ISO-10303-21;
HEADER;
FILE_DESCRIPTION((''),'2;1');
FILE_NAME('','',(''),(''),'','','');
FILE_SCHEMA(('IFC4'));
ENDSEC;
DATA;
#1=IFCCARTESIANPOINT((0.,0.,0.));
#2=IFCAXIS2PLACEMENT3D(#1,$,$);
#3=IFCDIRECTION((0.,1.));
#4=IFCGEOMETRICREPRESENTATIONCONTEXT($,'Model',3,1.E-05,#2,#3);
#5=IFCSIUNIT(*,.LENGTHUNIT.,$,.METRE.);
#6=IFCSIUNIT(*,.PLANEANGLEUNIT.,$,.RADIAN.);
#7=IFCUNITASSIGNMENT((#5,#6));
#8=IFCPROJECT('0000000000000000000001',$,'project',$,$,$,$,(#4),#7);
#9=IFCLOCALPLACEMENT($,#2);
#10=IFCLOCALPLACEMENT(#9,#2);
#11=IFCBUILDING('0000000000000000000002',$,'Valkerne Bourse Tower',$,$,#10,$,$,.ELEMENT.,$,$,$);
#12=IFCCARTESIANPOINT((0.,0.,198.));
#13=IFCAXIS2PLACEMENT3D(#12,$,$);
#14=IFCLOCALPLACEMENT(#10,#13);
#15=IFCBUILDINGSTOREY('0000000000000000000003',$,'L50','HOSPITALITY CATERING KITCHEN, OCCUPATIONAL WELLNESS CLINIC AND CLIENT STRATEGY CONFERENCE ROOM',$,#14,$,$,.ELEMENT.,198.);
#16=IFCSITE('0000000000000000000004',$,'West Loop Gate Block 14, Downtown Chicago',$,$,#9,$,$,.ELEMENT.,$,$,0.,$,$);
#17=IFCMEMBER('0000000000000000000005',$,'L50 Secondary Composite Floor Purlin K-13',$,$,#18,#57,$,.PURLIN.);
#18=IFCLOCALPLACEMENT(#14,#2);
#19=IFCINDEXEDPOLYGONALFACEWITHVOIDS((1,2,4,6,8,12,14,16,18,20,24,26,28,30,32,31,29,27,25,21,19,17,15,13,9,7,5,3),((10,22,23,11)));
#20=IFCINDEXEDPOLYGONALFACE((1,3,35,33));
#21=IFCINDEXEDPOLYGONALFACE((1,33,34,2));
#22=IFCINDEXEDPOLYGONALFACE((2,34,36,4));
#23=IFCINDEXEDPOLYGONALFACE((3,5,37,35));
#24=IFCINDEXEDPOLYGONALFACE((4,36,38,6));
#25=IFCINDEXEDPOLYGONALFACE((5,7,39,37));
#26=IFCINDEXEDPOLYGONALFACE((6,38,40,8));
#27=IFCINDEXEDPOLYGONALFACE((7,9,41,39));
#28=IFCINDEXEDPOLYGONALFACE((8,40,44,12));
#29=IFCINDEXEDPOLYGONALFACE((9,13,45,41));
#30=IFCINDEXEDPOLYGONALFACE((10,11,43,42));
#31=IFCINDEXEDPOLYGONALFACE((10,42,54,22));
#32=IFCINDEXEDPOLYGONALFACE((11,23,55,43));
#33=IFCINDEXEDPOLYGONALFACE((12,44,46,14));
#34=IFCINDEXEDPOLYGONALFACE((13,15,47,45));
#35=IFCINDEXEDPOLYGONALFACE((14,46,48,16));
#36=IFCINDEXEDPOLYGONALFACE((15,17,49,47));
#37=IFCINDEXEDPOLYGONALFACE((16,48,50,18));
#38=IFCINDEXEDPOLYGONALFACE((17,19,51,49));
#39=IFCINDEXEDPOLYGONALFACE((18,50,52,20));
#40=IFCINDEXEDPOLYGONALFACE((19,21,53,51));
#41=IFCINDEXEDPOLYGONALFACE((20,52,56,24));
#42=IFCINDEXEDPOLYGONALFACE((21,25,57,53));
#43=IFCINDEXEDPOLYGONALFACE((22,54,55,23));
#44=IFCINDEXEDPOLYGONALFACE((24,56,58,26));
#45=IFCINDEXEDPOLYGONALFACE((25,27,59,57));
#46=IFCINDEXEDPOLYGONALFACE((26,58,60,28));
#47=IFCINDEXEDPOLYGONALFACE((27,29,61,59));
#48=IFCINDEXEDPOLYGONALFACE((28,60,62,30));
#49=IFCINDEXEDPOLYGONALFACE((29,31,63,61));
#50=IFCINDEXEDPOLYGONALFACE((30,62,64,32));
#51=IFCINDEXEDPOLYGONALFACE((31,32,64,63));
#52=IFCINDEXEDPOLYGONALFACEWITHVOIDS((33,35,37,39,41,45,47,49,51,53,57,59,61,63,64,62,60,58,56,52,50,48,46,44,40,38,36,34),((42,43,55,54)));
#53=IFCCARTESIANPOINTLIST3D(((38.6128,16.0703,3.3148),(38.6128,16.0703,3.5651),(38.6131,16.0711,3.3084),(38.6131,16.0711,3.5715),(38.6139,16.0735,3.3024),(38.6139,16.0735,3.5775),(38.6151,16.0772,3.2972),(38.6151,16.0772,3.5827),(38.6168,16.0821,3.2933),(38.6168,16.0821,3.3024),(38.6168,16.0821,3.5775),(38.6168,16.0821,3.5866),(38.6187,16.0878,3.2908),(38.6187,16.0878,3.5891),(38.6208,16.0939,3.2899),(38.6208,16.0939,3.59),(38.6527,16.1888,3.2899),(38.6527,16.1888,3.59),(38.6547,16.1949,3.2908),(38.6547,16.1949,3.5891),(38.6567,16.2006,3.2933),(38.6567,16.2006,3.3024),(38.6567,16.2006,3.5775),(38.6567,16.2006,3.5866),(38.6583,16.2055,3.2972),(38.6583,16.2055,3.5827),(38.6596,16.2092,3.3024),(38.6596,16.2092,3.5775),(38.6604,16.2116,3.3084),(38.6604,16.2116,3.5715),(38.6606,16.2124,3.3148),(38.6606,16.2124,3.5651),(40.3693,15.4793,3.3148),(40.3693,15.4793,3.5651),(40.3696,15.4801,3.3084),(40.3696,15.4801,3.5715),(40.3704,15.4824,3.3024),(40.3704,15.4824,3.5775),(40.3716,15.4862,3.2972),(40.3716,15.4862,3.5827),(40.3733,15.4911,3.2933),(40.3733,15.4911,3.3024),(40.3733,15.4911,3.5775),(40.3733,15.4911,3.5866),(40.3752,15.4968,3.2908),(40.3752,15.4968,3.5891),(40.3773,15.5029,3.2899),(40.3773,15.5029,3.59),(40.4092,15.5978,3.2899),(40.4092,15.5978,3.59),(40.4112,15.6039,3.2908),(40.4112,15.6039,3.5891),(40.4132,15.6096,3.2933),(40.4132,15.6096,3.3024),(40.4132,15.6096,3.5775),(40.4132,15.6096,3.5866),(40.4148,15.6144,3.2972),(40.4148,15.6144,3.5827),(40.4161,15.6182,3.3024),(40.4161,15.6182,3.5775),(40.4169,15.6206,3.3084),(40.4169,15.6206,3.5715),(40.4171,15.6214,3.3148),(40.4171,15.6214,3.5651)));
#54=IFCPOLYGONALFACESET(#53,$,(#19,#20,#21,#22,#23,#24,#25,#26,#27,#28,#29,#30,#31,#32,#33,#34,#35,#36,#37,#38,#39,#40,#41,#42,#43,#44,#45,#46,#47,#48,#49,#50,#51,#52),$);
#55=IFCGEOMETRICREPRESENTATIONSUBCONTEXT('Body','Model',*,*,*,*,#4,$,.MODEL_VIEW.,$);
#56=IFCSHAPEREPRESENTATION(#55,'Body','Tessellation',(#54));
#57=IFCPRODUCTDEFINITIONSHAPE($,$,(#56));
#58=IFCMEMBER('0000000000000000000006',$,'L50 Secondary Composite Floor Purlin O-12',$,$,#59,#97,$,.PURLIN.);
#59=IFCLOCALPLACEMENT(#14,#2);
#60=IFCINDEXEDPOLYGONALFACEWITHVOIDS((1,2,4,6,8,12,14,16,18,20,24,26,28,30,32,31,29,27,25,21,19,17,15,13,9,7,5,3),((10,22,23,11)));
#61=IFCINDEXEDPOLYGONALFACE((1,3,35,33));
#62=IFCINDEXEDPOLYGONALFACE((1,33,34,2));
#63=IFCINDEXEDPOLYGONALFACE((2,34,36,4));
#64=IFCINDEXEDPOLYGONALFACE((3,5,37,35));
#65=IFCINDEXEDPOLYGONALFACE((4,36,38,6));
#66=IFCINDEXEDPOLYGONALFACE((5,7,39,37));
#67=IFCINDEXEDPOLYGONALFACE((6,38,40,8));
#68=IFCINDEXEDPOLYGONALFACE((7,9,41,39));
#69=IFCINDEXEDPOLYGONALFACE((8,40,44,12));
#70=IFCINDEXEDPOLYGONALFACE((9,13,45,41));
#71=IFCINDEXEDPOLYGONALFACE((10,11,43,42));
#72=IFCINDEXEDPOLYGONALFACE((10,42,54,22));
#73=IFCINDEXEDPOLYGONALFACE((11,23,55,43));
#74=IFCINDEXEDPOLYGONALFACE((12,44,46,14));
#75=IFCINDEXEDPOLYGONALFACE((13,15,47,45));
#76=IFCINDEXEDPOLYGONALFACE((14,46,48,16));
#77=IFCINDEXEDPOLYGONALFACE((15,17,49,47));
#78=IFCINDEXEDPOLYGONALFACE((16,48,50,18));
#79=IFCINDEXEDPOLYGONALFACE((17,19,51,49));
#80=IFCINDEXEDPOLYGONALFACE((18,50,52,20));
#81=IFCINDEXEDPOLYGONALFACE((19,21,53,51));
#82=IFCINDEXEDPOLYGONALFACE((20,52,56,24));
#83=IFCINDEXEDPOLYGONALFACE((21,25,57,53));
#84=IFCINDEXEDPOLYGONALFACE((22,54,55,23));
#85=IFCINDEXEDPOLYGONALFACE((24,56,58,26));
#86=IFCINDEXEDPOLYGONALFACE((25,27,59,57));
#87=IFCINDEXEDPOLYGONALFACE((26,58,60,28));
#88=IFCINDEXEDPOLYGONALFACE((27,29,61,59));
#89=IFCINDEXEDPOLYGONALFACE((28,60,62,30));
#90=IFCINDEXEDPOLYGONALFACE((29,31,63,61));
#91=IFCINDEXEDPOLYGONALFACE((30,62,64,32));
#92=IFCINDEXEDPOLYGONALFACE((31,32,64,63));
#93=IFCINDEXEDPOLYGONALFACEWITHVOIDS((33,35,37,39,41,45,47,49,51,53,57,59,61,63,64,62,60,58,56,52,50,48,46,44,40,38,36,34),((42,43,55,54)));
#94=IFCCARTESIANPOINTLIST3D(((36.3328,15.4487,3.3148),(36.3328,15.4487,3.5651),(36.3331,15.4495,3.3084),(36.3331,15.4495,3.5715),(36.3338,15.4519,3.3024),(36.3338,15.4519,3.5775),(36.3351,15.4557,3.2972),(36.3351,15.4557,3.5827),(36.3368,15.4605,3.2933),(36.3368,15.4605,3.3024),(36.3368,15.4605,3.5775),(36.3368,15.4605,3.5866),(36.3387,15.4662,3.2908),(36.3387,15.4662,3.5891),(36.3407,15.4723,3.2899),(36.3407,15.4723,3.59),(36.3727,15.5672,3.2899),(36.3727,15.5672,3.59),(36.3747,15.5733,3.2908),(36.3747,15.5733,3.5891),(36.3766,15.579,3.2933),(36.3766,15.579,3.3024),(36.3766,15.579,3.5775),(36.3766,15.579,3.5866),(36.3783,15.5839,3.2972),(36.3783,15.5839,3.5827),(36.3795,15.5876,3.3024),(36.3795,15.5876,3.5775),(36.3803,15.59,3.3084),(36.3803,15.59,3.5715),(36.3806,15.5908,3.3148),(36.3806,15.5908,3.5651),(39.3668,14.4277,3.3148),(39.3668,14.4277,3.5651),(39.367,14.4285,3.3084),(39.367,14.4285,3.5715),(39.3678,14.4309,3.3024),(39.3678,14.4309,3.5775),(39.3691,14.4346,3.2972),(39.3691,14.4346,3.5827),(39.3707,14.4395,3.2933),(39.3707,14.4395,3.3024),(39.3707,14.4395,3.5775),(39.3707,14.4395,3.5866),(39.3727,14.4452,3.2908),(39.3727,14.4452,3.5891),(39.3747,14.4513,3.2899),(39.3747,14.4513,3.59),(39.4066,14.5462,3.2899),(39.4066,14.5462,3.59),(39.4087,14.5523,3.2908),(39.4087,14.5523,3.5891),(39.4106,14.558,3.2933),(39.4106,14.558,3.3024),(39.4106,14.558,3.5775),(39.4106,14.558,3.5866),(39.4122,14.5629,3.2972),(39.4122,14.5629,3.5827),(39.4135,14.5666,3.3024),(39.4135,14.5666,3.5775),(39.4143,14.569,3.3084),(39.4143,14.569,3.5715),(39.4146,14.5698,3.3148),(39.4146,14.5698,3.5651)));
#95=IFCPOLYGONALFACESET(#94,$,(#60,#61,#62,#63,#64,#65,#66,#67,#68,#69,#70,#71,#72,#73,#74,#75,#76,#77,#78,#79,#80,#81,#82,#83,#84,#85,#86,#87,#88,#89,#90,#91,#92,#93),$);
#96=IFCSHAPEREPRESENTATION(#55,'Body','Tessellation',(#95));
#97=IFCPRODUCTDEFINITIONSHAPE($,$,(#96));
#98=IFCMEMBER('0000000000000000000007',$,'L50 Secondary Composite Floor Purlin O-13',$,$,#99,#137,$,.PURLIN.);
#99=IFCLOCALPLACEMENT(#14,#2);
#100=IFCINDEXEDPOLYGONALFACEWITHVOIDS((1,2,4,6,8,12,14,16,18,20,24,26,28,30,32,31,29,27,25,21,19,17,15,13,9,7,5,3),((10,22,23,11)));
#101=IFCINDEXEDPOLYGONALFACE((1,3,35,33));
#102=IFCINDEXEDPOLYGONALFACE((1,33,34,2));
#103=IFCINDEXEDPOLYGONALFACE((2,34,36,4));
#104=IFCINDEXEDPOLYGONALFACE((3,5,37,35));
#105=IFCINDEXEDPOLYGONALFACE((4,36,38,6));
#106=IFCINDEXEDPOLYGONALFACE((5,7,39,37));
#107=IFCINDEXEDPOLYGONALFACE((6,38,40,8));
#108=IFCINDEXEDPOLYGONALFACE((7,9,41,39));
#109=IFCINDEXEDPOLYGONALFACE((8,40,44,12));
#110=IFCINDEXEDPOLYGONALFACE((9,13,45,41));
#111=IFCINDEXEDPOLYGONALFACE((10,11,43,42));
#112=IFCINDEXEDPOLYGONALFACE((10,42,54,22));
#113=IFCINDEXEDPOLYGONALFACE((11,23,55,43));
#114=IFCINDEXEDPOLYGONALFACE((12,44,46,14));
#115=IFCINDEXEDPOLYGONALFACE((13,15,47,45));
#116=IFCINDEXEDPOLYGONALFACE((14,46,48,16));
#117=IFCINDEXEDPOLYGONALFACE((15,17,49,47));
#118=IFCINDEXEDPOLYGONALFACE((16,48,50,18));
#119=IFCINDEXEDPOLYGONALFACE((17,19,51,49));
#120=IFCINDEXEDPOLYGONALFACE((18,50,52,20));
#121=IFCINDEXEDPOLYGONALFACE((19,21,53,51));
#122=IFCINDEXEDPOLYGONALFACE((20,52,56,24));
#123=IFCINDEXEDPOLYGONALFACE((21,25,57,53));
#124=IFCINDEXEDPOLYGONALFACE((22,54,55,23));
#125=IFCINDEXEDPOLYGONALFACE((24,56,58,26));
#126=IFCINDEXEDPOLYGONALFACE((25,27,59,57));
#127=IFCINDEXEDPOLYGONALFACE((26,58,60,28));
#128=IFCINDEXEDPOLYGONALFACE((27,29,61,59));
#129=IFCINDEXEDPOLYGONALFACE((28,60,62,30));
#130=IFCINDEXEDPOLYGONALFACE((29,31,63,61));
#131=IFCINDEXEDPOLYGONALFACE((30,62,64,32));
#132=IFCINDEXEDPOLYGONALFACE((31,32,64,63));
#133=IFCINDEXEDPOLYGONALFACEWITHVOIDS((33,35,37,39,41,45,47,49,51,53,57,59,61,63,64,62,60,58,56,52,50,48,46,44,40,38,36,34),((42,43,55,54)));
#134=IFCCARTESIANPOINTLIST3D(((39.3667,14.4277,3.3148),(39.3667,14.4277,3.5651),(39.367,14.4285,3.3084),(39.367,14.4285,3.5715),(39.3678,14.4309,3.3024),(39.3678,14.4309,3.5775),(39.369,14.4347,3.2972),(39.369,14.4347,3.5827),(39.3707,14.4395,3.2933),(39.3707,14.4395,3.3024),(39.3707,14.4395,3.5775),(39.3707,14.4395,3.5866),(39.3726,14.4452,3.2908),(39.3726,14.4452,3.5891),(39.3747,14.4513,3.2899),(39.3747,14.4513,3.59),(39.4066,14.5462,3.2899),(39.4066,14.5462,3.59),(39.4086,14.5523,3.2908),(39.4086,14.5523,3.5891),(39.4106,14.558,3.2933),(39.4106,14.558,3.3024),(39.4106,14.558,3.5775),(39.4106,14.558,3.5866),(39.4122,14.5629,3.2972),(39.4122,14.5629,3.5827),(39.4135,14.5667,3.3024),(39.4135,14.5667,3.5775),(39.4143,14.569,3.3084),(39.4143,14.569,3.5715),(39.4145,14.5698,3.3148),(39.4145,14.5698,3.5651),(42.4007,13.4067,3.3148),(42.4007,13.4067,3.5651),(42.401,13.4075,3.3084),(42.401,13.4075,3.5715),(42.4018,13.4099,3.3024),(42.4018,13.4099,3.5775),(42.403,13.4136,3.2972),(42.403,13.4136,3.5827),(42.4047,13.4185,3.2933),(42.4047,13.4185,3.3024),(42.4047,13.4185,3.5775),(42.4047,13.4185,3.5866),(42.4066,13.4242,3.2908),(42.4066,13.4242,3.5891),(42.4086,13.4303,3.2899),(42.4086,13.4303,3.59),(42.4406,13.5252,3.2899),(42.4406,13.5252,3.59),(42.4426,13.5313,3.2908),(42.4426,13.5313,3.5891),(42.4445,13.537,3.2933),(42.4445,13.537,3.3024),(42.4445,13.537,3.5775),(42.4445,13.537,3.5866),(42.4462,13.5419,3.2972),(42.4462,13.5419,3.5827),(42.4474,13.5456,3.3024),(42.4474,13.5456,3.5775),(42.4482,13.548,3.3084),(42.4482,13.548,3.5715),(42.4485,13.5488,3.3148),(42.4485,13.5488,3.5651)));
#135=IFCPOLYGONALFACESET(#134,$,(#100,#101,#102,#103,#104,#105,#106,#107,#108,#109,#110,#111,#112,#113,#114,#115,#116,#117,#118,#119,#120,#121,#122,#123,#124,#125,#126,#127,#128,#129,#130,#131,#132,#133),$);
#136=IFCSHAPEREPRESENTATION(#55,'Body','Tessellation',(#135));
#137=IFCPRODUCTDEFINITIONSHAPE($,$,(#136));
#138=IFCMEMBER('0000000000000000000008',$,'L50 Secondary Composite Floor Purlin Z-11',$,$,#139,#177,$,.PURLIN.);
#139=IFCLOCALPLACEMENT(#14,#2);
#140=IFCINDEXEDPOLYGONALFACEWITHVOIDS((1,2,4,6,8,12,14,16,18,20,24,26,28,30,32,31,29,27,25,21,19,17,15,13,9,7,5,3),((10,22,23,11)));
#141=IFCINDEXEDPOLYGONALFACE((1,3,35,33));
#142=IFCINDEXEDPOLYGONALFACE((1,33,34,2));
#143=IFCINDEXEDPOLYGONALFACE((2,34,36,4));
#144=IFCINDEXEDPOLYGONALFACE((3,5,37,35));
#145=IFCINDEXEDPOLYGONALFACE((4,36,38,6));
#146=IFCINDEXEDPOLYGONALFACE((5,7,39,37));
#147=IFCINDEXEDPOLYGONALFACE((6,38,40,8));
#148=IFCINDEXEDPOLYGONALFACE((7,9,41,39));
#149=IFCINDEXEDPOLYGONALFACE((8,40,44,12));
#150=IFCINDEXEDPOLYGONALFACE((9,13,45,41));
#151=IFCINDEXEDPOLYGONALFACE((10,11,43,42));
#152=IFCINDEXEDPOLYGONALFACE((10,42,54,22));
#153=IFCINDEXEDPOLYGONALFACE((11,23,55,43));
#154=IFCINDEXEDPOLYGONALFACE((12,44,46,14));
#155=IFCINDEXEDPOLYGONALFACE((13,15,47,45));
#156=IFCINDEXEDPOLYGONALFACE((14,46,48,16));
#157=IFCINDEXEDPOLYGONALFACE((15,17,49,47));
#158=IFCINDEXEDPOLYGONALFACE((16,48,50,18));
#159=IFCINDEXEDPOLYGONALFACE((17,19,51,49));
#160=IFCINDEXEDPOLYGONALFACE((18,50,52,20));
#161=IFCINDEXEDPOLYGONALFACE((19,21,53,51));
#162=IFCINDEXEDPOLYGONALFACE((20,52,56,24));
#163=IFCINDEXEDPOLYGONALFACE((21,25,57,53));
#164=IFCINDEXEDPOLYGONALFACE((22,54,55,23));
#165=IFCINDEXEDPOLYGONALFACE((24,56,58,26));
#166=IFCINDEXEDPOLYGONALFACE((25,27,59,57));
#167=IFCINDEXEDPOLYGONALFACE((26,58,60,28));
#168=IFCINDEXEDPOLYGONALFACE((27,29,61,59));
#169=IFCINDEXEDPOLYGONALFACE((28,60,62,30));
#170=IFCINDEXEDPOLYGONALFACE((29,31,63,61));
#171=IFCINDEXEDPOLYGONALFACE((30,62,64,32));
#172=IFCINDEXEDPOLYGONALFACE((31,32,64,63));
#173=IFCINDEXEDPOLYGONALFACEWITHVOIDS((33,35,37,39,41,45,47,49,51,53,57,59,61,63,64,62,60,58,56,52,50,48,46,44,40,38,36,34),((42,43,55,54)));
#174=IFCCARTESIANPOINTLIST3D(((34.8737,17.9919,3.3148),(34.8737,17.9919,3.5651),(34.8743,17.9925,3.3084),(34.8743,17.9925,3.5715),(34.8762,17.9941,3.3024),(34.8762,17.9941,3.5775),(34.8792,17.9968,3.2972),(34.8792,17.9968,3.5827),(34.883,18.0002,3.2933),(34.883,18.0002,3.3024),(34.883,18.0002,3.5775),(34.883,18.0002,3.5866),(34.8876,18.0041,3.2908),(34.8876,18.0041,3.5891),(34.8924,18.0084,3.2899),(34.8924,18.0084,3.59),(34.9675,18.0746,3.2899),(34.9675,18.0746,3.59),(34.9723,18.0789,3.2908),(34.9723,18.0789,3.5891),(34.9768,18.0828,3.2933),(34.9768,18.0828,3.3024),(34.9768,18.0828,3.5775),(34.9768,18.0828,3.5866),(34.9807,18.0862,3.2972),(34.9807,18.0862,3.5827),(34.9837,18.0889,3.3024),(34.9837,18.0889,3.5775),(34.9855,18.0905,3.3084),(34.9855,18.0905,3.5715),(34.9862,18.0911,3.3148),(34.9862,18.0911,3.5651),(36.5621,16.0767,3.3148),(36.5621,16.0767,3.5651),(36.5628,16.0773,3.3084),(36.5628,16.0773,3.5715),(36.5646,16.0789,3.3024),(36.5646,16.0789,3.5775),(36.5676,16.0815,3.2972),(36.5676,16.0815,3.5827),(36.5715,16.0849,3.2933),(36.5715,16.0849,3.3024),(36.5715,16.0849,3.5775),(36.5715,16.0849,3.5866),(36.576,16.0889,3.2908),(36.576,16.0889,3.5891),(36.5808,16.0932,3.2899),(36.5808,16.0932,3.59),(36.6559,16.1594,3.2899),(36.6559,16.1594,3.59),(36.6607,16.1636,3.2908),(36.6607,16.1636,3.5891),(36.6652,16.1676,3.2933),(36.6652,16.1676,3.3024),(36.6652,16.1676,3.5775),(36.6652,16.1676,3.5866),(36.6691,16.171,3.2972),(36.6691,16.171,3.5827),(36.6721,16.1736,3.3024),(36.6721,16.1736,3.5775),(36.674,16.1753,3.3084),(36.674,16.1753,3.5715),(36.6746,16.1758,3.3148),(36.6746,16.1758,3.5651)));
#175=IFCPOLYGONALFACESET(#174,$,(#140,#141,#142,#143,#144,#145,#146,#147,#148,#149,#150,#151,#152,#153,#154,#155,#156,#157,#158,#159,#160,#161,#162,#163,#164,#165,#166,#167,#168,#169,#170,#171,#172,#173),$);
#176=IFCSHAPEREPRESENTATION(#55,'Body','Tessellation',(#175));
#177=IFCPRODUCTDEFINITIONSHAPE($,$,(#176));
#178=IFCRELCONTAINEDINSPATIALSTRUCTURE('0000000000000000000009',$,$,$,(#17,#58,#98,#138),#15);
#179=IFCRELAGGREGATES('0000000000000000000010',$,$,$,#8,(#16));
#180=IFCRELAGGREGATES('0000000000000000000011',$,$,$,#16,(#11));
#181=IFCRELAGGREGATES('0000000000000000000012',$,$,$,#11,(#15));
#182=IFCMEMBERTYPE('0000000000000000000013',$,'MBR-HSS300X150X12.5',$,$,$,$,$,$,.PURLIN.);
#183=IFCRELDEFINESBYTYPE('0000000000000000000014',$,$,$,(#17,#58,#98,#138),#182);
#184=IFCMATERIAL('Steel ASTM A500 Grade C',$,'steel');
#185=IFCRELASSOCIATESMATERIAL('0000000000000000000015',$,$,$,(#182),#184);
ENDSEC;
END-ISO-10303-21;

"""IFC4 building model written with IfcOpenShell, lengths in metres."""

from ifc_helpers import new_model, si_unit, direction, frame, origin, origin_2d, place, context, subcontext, project, spatial, hollow_rectangle, extrude, material, material_profile, profile_set, type_object, element, save


model = new_model("IFC4")

# Units and contexts
model_context = context("Model", 3, precision=1e-05, world=origin(), true_north=direction((0.0, 1.0)))
body_context = subcontext(model_context, "Body", "Model", "MODEL_VIEW")
ifc_project = project(units=[si_unit("LENGTHUNIT", "METRE"), si_unit("PLANEANGLEUNIT", "RADIAN")], contexts=[model_context])

# Site, building, storey
site_placement = place(None, origin())
site = spatial("IfcSite", under=ifc_project, at=site_placement, Name="West Loop Gate Block 14, Downtown Chicago", CompositionType="ELEMENT", RefElevation=0.0)
building_placement = place(site_placement, origin())
building = spatial("IfcBuilding", under=site, at=building_placement, Name="Valkerne Bourse Tower", CompositionType="ELEMENT")
storey_placement = place(building_placement, frame((0.0, 0.0, 198.0)))
storey = spatial("IfcBuildingStorey", under=building, at=storey_placement, Name="L50", Description="HOSPITALITY CATERING KITCHEN, OCCUPATIONAL WELLNESS CLINIC AND CLIENT STRATEGY CONFERENCE ROOM", CompositionType="ELEMENT", Elevation=198.0)

# Members
ifc_material_1 = material(Name="Steel ASTM A500 Grade C", Category="steel")
ifc_material_profile_1 = material_profile(ifc_material_1, hollow_rectangle(XDim=0.1499, YDim=0.3, WallThickness=0.0125, OuterFilletRadius=0.0249, at=origin_2d()), Name="HSS300X150X12.5")
ifc_profile_set_1 = profile_set([ifc_material_profile_1], Name="Steel ASTM A500 Grade C")
member_type_1 = type_object("IfcMemberType", Name="MBR-HSS300X150X12.5", PredefinedType="PURLIN", material=ifc_profile_set_1)
for number, where, z_axis, x_axis, name in (
    (1, (38.6367, 16.1414, 3.4399), (0.947784, -0.318914, 0.0), (0.318914, 0.947784, 0.0), "L50 Secondary Composite Floor Purlin K-13"),
):
    element("IfcMember", number, at=place(storey_placement, frame(where, z_axis=z_axis, x_axis=x_axis)), inside=storey, type_object=member_type_1, Name=name, PredefinedType="PURLIN", context=body_context, shape_type="SweptSolid", body=[
        extrude(hollow_rectangle(XDim=0.1499, YDim=0.3, WallThickness=0.0125, OuterFilletRadius=0.0249, at=origin_2d()), origin(), (0.0, 0.0, 1.0), 1.8533),
    ])
for number, where, z_axis, x_axis, name in (
    (2, (36.3567, 15.5198, 3.4399), (0.947772, -0.318949, 0.0), (0.318949, 0.947772, 0.0), "L50 Secondary Composite Floor Purlin O-12"),
    (3, (39.3906, 14.4988, 3.4399), (0.947772, -0.318949, 0.0), (0.318949, 0.947772, 0.0), "L50 Secondary Composite Floor Purlin O-13"),
):
    element("IfcMember", number, at=place(storey_placement, frame(where, z_axis=z_axis, x_axis=x_axis)), inside=storey, type_object=member_type_1, Name=name, PredefinedType="PURLIN", context=body_context, shape_type="SweptSolid", body=[
        extrude(hollow_rectangle(XDim=0.1499, YDim=0.3, WallThickness=0.0125, OuterFilletRadius=0.0249, at=origin_2d()), origin(), (0.0, 0.0, 1.0), 3.2012),
    ])
member_1_placement = place(storey_placement, frame((34.9299, 18.0415, 3.4399), z_axis=(0.661296, -0.750125, 0.0), x_axis=(0.750125, 0.661296, 0.0)))
element("IfcMember", 4, at=member_1_placement, inside=storey, type_object=member_type_1, Name="L50 Secondary Composite Floor Purlin Z-11", PredefinedType="PURLIN", context=body_context, shape_type="SweptSolid", body=[
    extrude(hollow_rectangle(XDim=0.1499, YDim=0.3, WallThickness=0.0125, OuterFilletRadius=0.0249, at=origin_2d()), origin(), (0.0, 0.0, 1.0), 2.5532),
])

save(model, "model.ifc")
